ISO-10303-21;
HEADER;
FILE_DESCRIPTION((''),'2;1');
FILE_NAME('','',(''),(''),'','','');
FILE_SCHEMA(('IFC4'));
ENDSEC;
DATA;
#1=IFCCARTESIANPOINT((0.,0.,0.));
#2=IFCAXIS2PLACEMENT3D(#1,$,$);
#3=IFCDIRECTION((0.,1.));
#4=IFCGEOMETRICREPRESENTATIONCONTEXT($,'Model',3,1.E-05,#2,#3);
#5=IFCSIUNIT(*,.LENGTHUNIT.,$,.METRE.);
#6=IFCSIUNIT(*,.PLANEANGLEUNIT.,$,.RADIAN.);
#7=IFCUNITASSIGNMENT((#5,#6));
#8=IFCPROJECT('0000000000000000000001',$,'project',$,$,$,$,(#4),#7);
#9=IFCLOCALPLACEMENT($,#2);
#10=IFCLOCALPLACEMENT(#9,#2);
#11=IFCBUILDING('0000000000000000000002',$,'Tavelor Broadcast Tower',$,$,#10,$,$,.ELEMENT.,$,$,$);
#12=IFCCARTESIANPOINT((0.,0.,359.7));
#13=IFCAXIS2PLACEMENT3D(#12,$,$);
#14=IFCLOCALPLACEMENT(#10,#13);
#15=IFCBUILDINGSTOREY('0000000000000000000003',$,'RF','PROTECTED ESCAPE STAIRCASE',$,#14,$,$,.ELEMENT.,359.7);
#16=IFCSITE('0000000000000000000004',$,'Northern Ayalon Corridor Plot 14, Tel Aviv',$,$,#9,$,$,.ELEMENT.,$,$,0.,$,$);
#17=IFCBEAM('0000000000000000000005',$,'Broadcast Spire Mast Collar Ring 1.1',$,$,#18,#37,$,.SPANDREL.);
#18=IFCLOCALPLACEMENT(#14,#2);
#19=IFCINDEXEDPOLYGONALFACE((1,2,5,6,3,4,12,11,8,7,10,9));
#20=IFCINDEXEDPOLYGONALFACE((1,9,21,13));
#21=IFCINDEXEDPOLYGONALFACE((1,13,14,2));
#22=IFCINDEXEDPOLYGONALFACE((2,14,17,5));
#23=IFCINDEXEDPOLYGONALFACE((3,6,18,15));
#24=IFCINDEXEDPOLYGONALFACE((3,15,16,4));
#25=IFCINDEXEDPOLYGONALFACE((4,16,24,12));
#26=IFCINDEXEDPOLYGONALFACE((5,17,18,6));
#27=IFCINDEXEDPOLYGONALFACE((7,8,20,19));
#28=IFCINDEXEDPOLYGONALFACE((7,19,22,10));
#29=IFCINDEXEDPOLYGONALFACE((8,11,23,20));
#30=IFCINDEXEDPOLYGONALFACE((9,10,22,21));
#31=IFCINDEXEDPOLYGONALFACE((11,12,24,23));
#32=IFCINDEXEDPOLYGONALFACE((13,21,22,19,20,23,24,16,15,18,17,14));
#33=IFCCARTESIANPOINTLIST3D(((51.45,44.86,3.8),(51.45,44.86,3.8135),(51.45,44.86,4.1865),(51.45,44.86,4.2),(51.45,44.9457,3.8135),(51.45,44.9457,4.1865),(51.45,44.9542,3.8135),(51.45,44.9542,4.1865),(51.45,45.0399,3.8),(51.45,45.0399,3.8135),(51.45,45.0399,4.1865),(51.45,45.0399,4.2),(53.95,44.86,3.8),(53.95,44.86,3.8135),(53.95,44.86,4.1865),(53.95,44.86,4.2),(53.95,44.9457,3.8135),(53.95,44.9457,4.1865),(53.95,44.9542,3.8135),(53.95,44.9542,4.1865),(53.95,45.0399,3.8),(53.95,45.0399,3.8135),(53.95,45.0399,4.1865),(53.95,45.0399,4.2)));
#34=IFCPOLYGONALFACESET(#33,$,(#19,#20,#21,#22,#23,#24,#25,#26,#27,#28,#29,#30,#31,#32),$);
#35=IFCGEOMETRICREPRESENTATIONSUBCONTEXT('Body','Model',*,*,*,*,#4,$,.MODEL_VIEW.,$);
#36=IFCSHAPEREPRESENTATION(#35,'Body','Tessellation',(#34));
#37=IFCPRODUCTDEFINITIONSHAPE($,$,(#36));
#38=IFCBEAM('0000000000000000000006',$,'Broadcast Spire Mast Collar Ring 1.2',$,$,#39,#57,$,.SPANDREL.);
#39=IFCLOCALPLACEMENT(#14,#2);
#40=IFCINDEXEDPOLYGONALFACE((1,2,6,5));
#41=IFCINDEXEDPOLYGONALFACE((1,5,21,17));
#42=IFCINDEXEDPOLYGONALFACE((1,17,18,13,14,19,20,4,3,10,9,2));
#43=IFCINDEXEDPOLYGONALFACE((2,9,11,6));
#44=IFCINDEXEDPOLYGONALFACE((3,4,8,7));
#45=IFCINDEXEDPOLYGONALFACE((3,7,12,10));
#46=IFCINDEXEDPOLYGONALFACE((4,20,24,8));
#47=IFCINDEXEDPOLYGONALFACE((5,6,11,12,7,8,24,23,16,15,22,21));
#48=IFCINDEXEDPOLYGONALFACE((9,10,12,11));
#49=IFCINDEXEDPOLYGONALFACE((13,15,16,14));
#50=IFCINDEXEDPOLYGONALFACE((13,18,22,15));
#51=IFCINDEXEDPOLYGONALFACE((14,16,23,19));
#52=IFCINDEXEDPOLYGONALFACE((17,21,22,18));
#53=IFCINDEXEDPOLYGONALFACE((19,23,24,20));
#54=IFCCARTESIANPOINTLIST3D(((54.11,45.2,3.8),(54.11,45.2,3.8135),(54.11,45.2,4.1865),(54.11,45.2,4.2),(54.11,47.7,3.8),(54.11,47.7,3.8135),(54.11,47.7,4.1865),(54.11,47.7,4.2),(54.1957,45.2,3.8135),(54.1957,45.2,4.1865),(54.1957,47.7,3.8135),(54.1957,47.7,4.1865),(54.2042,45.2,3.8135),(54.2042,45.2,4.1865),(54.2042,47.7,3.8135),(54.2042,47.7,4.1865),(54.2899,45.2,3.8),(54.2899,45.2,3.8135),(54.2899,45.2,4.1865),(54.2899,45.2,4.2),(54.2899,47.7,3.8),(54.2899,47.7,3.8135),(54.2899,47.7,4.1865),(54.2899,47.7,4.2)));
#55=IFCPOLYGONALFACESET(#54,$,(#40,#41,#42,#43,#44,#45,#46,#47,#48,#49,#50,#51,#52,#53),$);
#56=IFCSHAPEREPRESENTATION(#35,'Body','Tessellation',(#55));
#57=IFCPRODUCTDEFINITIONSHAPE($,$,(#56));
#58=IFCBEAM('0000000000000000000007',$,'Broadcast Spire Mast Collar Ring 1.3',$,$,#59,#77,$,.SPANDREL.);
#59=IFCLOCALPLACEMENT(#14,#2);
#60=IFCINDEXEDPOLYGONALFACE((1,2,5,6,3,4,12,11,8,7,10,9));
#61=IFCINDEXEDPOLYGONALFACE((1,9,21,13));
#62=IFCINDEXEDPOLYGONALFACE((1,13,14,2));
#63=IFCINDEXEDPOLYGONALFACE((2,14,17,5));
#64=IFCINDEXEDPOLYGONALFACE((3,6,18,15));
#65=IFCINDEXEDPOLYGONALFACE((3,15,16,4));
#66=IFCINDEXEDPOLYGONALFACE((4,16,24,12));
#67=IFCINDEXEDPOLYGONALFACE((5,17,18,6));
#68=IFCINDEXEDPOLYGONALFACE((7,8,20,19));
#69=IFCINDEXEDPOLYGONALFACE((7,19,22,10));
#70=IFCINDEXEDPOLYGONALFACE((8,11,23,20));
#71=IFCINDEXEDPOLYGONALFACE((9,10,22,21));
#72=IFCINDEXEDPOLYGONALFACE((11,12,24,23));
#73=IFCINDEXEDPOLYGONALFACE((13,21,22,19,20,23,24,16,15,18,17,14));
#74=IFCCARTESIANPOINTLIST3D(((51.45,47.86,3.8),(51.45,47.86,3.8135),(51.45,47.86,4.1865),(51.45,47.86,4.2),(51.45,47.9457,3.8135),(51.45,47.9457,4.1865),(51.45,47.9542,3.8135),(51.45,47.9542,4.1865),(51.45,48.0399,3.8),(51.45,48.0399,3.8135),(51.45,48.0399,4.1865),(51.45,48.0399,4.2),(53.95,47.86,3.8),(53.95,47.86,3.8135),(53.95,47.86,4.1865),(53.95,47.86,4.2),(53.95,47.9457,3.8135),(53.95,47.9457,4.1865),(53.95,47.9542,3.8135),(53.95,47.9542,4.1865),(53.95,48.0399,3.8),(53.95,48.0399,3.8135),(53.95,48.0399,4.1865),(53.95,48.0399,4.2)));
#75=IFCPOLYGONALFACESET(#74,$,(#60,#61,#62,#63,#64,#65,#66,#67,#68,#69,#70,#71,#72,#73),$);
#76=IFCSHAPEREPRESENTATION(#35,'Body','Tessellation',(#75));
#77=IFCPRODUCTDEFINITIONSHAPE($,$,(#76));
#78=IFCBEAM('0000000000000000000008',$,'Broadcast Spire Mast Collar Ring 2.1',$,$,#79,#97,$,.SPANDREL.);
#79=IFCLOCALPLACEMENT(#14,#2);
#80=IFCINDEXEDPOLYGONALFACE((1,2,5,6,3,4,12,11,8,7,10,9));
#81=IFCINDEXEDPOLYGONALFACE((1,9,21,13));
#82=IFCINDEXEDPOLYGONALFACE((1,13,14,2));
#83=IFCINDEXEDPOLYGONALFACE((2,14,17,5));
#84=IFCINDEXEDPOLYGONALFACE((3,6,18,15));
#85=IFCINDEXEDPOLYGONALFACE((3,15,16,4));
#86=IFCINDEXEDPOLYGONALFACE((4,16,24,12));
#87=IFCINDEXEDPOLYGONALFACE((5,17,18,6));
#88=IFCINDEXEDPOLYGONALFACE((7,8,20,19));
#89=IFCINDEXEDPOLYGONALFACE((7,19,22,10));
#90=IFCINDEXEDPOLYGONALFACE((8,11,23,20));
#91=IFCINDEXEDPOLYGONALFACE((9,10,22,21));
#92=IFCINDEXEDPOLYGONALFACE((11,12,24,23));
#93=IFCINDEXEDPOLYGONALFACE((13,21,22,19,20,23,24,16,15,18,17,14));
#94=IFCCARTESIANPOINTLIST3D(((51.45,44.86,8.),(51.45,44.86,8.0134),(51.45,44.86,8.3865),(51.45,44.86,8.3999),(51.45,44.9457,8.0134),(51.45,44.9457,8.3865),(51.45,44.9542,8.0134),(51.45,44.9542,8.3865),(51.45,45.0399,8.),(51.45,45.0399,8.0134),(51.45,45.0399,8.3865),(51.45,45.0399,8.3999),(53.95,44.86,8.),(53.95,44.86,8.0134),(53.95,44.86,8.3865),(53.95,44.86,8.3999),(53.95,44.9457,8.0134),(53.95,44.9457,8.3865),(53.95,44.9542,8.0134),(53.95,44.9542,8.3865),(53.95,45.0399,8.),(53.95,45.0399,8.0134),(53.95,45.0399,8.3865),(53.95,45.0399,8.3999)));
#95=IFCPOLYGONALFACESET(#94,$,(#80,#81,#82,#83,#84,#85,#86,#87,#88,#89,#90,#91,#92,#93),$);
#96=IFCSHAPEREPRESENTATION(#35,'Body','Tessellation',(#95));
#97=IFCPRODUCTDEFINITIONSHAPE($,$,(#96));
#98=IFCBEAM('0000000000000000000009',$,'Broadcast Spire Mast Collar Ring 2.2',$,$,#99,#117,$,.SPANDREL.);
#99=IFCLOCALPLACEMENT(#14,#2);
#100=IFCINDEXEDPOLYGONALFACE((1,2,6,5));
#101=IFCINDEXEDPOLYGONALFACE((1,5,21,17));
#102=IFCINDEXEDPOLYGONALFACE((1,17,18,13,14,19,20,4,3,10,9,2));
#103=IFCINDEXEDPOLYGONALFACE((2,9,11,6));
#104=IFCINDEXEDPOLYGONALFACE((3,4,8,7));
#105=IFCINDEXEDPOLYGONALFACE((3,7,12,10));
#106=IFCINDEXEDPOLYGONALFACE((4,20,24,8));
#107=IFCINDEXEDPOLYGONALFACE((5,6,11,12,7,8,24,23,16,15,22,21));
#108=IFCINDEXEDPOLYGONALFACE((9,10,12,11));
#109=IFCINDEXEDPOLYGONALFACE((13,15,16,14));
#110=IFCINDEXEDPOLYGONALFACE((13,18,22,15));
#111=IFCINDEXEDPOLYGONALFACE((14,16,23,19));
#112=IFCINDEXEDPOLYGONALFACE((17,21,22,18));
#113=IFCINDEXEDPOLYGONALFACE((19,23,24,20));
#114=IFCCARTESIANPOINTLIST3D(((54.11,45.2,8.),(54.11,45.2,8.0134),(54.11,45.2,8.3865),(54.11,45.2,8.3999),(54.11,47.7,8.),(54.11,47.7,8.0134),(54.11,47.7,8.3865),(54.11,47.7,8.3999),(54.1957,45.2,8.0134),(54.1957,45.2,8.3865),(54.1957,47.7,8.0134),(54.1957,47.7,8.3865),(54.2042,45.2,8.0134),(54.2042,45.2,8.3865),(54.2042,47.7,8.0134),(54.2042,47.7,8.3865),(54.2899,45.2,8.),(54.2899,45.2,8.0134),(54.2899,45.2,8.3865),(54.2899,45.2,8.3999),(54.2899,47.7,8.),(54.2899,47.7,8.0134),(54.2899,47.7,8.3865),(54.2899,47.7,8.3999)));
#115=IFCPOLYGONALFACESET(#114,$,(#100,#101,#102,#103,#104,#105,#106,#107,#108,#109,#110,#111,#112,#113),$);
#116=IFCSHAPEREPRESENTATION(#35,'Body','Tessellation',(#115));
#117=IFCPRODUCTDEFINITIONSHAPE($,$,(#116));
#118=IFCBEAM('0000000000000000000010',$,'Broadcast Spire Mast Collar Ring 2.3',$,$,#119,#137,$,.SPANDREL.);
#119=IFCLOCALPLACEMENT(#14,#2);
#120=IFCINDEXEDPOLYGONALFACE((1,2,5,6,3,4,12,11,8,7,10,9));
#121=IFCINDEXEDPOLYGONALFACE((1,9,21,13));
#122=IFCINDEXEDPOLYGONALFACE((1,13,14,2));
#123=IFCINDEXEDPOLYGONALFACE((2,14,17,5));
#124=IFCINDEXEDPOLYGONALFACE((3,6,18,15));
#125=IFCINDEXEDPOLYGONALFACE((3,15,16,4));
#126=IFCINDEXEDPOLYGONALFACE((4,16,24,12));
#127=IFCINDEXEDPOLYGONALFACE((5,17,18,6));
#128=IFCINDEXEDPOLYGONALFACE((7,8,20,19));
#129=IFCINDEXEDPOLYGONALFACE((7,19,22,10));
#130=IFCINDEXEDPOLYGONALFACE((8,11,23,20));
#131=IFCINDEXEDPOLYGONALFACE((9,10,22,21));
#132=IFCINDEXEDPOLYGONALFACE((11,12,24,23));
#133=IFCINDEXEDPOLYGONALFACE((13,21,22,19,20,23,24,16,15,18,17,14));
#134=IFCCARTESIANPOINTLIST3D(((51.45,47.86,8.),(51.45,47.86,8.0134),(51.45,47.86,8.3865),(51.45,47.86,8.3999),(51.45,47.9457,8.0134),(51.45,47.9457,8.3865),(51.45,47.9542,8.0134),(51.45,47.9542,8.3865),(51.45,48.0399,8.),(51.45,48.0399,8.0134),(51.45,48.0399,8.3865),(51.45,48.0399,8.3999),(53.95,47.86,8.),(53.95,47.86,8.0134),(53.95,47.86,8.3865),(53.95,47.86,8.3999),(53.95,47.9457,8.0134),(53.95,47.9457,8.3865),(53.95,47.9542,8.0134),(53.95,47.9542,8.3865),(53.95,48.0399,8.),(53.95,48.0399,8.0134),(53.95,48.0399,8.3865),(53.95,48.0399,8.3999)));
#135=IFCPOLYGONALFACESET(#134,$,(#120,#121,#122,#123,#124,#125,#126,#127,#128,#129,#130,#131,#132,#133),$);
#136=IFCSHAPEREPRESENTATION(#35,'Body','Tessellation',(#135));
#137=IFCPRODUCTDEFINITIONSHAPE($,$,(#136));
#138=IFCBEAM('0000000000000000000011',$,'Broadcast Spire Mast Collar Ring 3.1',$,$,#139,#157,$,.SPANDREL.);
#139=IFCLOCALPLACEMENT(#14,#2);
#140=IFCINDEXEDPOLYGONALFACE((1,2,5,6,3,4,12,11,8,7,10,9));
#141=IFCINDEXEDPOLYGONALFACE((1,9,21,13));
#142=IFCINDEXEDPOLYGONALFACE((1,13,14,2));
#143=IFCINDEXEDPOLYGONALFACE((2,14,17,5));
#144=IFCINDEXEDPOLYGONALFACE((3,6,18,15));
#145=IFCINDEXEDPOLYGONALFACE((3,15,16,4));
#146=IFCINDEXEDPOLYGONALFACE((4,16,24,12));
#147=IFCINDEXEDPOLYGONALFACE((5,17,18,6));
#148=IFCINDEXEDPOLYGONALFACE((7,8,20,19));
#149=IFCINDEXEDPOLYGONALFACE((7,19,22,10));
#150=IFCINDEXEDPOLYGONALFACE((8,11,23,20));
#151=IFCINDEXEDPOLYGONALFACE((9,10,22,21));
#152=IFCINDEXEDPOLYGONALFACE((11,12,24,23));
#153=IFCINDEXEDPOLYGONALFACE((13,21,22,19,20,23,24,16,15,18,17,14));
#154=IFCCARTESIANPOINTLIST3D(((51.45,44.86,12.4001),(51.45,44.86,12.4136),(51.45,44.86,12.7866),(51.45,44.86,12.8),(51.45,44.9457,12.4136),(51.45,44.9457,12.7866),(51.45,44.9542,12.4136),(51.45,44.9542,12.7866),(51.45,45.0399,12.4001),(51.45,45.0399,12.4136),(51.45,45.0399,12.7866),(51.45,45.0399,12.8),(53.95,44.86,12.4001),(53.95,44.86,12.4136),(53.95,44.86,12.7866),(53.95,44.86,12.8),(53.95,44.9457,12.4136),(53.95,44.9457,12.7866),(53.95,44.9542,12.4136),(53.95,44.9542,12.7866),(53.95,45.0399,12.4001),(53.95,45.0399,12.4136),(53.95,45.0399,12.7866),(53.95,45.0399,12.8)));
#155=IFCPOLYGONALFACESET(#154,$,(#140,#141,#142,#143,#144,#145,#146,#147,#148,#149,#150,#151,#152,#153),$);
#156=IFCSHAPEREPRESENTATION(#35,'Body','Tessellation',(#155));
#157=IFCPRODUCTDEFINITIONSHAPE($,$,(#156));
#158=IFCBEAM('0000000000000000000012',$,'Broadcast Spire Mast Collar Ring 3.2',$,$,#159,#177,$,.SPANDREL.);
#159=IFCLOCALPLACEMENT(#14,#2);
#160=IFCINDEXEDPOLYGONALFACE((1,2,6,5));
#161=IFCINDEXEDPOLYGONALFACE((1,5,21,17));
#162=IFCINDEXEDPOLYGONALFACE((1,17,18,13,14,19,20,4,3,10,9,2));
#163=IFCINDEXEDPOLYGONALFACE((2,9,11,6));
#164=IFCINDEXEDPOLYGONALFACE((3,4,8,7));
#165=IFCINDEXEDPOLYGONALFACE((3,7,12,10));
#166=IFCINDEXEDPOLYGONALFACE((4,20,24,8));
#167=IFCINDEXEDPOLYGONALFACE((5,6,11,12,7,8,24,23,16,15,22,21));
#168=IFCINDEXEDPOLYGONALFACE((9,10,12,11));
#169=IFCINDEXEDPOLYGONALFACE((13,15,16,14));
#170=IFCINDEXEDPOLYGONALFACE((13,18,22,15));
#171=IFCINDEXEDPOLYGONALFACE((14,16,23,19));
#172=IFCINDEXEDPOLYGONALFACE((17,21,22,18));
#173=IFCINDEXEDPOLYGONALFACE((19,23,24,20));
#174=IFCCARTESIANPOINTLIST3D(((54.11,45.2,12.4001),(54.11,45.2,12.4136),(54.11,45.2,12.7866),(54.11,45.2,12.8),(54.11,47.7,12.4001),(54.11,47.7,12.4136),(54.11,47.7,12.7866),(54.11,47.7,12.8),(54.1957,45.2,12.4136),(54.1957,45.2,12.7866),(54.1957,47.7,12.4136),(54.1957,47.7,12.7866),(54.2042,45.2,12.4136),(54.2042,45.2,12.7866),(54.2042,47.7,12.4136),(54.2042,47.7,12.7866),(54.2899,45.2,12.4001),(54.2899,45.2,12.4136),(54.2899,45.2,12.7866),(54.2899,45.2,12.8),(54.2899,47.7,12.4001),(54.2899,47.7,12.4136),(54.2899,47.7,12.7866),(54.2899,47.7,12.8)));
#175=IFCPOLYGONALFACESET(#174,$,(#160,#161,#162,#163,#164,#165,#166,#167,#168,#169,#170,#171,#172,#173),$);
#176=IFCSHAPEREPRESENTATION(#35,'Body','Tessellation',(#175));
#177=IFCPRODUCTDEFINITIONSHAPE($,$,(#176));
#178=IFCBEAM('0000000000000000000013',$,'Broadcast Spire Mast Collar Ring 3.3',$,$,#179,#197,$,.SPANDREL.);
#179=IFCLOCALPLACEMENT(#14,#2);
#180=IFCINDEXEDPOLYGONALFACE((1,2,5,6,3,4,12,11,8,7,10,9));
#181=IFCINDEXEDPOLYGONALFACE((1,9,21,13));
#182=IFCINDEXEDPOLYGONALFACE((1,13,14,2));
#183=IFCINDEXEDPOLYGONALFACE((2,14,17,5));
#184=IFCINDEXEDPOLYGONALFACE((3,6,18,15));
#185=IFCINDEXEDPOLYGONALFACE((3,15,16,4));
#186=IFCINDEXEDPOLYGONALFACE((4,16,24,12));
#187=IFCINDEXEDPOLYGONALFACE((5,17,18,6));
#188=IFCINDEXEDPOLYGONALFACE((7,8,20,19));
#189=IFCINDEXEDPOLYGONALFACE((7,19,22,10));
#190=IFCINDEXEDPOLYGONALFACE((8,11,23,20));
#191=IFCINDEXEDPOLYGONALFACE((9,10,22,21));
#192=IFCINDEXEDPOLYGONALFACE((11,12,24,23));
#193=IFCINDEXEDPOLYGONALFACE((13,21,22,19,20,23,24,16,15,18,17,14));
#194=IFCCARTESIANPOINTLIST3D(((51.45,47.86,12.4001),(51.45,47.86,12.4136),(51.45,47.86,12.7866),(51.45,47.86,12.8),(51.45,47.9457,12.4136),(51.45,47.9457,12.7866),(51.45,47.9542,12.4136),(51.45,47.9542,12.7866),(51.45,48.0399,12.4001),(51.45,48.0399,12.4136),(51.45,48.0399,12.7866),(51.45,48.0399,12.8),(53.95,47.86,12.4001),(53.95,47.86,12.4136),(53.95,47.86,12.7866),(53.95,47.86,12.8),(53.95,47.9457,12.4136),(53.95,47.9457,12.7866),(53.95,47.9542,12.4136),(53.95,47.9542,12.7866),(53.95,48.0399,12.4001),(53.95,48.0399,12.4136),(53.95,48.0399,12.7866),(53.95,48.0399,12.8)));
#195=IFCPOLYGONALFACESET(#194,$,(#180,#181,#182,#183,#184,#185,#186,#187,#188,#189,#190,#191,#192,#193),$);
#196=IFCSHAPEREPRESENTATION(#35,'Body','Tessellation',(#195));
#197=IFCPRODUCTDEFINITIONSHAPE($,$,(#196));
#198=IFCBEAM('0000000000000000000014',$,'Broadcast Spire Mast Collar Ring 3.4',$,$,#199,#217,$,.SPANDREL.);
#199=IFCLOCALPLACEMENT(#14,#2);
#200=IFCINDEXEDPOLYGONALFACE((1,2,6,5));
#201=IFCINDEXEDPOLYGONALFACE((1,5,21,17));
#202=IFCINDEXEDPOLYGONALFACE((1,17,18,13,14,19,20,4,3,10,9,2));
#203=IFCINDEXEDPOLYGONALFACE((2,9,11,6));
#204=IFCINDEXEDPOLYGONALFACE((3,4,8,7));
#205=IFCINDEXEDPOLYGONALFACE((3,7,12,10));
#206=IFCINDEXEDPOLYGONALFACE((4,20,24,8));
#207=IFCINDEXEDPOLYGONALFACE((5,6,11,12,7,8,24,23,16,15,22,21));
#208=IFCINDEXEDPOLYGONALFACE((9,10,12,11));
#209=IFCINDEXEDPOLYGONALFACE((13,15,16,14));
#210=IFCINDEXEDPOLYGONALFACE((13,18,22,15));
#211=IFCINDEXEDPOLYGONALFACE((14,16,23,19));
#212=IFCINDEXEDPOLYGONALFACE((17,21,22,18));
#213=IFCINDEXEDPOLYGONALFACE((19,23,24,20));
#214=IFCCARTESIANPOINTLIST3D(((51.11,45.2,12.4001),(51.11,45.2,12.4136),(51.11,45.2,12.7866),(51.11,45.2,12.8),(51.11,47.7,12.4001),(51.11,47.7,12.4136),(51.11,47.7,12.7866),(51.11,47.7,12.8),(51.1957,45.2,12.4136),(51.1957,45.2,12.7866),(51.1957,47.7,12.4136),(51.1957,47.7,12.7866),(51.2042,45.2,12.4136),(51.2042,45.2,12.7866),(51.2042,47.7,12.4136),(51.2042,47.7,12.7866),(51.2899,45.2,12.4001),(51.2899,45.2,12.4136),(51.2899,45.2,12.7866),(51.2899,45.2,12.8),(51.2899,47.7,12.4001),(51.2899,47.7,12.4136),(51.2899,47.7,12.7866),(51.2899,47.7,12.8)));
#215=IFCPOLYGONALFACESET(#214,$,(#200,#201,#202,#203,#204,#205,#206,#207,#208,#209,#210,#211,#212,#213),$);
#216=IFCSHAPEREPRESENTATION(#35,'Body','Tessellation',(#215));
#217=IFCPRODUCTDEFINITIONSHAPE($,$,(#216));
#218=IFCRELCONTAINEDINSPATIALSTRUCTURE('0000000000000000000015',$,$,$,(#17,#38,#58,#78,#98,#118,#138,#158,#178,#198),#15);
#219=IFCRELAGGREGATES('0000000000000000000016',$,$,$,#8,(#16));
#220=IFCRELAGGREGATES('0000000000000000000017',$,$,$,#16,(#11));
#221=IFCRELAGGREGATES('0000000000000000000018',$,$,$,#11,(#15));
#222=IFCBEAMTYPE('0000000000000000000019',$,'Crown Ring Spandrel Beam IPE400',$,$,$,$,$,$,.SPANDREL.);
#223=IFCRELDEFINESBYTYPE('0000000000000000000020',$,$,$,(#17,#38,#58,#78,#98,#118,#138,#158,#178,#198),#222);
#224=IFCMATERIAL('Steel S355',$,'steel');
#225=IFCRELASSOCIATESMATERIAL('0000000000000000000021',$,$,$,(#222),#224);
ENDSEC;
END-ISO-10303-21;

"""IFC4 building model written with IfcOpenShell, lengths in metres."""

from ifc_helpers import new_model, si_unit, direction, frame, origin, origin_2d, place, context, subcontext, project, spatial, i_section, extrude, material, material_profile, profile_set, type_object, element, save


model = new_model("IFC4")

# Units and contexts
model_context = context("Model", 3, precision=1e-05, world=origin(), true_north=direction((0.0, 1.0)))
body_context = subcontext(model_context, "Body", "Model", "MODEL_VIEW")
ifc_project = project(units=[si_unit("LENGTHUNIT", "METRE"), si_unit("PLANEANGLEUNIT", "RADIAN")], contexts=[model_context])

# Site, building, storey
site_placement = place(None, origin())
site = spatial("IfcSite", under=ifc_project, at=site_placement, Name="Northern Ayalon Corridor Plot 14, Tel Aviv", CompositionType="ELEMENT", RefElevation=0.0)
building_placement = place(site_placement, origin())
building = spatial("IfcBuilding", under=site, at=building_placement, Name="Tavelor Broadcast Tower", CompositionType="ELEMENT")
storey_placement = place(building_placement, frame((0.0, 0.0, 359.7)))
storey = spatial("IfcBuildingStorey", under=building, at=storey_placement, Name="RF", Description="PROTECTED ESCAPE STAIRCASE", CompositionType="ELEMENT", Elevation=359.7)

# Shared definitions
ifc_material_1 = material(Name="Steel S355", Category="steel")

# Beams
ifc_material_profile_1 = material_profile(ifc_material_1, i_section(OverallWidth=0.1799, OverallDepth=0.3999, WebThickness=0.0085, FlangeThickness=0.0134, at=origin_2d()), Name="IPE 400")
ifc_profile_set_1 = profile_set([ifc_material_profile_1], Name="Steel S355")
beam_type = type_object("IfcBeamType", Name="Crown Ring Spandrel Beam IPE400", PredefinedType="SPANDREL", material=ifc_profile_set_1)
for number, where, z_axis, x_axis, name in (
    (1, (51.45, 44.95, 4.0), (1.0, 0.0, 0.0), (0.0, 1.0, 0.0), "Broadcast Spire Mast Collar Ring 1.1"),
    (2, (54.2, 45.2, 4.0), (0.0, 1.0, 0.0), (-1.0, 0.0, 0.0), "Broadcast Spire Mast Collar Ring 1.2"),
    (3, (53.95, 47.95, 4.0), (-1.0, 0.0, 0.0), (0.0, -1.0, 0.0), "Broadcast Spire Mast Collar Ring 1.3"),
    (4, (51.45, 44.95, 8.2), (1.0, 0.0, 0.0), (0.0, 1.0, 0.0), "Broadcast Spire Mast Collar Ring 2.1"),
    (5, (54.2, 45.2, 8.2), (0.0, 1.0, 0.0), (-1.0, 0.0, 0.0), "Broadcast Spire Mast Collar Ring 2.2"),
    (6, (53.95, 47.95, 8.2), (-1.0, 0.0, 0.0), (0.0, -1.0, 0.0), "Broadcast Spire Mast Collar Ring 2.3"),
    (7, (51.45, 44.95, 12.6001), (1.0, 0.0, 0.0), (0.0, 1.0, 0.0), "Broadcast Spire Mast Collar Ring 3.1"),
    (8, (54.2, 45.2, 12.6001), (0.0, 1.0, 0.0), (-1.0, 0.0, 0.0), "Broadcast Spire Mast Collar Ring 3.2"),
    (9, (53.95, 47.95, 12.6001), (-1.0, 0.0, 0.0), (0.0, -1.0, 0.0), "Broadcast Spire Mast Collar Ring 3.3"),
    (10, (51.2, 47.7, 12.6001), (0.0, -1.0, 0.0), (1.0, 0.0, 0.0), "Broadcast Spire Mast Collar Ring 3.4"),
):
    element("IfcBeam", number, at=place(storey_placement, frame(where, z_axis=z_axis, x_axis=x_axis)), inside=storey, type_object=beam_type, Name=name, PredefinedType="SPANDREL", context=body_context, shape_type="SweptSolid", body=[
        extrude(i_section(OverallWidth=0.1799, OverallDepth=0.3999, WebThickness=0.0085, FlangeThickness=0.0134, at=origin_2d()), origin(), (0.0, 0.0, 1.0), 2.5),
    ])

save(model, "model.ifc")
